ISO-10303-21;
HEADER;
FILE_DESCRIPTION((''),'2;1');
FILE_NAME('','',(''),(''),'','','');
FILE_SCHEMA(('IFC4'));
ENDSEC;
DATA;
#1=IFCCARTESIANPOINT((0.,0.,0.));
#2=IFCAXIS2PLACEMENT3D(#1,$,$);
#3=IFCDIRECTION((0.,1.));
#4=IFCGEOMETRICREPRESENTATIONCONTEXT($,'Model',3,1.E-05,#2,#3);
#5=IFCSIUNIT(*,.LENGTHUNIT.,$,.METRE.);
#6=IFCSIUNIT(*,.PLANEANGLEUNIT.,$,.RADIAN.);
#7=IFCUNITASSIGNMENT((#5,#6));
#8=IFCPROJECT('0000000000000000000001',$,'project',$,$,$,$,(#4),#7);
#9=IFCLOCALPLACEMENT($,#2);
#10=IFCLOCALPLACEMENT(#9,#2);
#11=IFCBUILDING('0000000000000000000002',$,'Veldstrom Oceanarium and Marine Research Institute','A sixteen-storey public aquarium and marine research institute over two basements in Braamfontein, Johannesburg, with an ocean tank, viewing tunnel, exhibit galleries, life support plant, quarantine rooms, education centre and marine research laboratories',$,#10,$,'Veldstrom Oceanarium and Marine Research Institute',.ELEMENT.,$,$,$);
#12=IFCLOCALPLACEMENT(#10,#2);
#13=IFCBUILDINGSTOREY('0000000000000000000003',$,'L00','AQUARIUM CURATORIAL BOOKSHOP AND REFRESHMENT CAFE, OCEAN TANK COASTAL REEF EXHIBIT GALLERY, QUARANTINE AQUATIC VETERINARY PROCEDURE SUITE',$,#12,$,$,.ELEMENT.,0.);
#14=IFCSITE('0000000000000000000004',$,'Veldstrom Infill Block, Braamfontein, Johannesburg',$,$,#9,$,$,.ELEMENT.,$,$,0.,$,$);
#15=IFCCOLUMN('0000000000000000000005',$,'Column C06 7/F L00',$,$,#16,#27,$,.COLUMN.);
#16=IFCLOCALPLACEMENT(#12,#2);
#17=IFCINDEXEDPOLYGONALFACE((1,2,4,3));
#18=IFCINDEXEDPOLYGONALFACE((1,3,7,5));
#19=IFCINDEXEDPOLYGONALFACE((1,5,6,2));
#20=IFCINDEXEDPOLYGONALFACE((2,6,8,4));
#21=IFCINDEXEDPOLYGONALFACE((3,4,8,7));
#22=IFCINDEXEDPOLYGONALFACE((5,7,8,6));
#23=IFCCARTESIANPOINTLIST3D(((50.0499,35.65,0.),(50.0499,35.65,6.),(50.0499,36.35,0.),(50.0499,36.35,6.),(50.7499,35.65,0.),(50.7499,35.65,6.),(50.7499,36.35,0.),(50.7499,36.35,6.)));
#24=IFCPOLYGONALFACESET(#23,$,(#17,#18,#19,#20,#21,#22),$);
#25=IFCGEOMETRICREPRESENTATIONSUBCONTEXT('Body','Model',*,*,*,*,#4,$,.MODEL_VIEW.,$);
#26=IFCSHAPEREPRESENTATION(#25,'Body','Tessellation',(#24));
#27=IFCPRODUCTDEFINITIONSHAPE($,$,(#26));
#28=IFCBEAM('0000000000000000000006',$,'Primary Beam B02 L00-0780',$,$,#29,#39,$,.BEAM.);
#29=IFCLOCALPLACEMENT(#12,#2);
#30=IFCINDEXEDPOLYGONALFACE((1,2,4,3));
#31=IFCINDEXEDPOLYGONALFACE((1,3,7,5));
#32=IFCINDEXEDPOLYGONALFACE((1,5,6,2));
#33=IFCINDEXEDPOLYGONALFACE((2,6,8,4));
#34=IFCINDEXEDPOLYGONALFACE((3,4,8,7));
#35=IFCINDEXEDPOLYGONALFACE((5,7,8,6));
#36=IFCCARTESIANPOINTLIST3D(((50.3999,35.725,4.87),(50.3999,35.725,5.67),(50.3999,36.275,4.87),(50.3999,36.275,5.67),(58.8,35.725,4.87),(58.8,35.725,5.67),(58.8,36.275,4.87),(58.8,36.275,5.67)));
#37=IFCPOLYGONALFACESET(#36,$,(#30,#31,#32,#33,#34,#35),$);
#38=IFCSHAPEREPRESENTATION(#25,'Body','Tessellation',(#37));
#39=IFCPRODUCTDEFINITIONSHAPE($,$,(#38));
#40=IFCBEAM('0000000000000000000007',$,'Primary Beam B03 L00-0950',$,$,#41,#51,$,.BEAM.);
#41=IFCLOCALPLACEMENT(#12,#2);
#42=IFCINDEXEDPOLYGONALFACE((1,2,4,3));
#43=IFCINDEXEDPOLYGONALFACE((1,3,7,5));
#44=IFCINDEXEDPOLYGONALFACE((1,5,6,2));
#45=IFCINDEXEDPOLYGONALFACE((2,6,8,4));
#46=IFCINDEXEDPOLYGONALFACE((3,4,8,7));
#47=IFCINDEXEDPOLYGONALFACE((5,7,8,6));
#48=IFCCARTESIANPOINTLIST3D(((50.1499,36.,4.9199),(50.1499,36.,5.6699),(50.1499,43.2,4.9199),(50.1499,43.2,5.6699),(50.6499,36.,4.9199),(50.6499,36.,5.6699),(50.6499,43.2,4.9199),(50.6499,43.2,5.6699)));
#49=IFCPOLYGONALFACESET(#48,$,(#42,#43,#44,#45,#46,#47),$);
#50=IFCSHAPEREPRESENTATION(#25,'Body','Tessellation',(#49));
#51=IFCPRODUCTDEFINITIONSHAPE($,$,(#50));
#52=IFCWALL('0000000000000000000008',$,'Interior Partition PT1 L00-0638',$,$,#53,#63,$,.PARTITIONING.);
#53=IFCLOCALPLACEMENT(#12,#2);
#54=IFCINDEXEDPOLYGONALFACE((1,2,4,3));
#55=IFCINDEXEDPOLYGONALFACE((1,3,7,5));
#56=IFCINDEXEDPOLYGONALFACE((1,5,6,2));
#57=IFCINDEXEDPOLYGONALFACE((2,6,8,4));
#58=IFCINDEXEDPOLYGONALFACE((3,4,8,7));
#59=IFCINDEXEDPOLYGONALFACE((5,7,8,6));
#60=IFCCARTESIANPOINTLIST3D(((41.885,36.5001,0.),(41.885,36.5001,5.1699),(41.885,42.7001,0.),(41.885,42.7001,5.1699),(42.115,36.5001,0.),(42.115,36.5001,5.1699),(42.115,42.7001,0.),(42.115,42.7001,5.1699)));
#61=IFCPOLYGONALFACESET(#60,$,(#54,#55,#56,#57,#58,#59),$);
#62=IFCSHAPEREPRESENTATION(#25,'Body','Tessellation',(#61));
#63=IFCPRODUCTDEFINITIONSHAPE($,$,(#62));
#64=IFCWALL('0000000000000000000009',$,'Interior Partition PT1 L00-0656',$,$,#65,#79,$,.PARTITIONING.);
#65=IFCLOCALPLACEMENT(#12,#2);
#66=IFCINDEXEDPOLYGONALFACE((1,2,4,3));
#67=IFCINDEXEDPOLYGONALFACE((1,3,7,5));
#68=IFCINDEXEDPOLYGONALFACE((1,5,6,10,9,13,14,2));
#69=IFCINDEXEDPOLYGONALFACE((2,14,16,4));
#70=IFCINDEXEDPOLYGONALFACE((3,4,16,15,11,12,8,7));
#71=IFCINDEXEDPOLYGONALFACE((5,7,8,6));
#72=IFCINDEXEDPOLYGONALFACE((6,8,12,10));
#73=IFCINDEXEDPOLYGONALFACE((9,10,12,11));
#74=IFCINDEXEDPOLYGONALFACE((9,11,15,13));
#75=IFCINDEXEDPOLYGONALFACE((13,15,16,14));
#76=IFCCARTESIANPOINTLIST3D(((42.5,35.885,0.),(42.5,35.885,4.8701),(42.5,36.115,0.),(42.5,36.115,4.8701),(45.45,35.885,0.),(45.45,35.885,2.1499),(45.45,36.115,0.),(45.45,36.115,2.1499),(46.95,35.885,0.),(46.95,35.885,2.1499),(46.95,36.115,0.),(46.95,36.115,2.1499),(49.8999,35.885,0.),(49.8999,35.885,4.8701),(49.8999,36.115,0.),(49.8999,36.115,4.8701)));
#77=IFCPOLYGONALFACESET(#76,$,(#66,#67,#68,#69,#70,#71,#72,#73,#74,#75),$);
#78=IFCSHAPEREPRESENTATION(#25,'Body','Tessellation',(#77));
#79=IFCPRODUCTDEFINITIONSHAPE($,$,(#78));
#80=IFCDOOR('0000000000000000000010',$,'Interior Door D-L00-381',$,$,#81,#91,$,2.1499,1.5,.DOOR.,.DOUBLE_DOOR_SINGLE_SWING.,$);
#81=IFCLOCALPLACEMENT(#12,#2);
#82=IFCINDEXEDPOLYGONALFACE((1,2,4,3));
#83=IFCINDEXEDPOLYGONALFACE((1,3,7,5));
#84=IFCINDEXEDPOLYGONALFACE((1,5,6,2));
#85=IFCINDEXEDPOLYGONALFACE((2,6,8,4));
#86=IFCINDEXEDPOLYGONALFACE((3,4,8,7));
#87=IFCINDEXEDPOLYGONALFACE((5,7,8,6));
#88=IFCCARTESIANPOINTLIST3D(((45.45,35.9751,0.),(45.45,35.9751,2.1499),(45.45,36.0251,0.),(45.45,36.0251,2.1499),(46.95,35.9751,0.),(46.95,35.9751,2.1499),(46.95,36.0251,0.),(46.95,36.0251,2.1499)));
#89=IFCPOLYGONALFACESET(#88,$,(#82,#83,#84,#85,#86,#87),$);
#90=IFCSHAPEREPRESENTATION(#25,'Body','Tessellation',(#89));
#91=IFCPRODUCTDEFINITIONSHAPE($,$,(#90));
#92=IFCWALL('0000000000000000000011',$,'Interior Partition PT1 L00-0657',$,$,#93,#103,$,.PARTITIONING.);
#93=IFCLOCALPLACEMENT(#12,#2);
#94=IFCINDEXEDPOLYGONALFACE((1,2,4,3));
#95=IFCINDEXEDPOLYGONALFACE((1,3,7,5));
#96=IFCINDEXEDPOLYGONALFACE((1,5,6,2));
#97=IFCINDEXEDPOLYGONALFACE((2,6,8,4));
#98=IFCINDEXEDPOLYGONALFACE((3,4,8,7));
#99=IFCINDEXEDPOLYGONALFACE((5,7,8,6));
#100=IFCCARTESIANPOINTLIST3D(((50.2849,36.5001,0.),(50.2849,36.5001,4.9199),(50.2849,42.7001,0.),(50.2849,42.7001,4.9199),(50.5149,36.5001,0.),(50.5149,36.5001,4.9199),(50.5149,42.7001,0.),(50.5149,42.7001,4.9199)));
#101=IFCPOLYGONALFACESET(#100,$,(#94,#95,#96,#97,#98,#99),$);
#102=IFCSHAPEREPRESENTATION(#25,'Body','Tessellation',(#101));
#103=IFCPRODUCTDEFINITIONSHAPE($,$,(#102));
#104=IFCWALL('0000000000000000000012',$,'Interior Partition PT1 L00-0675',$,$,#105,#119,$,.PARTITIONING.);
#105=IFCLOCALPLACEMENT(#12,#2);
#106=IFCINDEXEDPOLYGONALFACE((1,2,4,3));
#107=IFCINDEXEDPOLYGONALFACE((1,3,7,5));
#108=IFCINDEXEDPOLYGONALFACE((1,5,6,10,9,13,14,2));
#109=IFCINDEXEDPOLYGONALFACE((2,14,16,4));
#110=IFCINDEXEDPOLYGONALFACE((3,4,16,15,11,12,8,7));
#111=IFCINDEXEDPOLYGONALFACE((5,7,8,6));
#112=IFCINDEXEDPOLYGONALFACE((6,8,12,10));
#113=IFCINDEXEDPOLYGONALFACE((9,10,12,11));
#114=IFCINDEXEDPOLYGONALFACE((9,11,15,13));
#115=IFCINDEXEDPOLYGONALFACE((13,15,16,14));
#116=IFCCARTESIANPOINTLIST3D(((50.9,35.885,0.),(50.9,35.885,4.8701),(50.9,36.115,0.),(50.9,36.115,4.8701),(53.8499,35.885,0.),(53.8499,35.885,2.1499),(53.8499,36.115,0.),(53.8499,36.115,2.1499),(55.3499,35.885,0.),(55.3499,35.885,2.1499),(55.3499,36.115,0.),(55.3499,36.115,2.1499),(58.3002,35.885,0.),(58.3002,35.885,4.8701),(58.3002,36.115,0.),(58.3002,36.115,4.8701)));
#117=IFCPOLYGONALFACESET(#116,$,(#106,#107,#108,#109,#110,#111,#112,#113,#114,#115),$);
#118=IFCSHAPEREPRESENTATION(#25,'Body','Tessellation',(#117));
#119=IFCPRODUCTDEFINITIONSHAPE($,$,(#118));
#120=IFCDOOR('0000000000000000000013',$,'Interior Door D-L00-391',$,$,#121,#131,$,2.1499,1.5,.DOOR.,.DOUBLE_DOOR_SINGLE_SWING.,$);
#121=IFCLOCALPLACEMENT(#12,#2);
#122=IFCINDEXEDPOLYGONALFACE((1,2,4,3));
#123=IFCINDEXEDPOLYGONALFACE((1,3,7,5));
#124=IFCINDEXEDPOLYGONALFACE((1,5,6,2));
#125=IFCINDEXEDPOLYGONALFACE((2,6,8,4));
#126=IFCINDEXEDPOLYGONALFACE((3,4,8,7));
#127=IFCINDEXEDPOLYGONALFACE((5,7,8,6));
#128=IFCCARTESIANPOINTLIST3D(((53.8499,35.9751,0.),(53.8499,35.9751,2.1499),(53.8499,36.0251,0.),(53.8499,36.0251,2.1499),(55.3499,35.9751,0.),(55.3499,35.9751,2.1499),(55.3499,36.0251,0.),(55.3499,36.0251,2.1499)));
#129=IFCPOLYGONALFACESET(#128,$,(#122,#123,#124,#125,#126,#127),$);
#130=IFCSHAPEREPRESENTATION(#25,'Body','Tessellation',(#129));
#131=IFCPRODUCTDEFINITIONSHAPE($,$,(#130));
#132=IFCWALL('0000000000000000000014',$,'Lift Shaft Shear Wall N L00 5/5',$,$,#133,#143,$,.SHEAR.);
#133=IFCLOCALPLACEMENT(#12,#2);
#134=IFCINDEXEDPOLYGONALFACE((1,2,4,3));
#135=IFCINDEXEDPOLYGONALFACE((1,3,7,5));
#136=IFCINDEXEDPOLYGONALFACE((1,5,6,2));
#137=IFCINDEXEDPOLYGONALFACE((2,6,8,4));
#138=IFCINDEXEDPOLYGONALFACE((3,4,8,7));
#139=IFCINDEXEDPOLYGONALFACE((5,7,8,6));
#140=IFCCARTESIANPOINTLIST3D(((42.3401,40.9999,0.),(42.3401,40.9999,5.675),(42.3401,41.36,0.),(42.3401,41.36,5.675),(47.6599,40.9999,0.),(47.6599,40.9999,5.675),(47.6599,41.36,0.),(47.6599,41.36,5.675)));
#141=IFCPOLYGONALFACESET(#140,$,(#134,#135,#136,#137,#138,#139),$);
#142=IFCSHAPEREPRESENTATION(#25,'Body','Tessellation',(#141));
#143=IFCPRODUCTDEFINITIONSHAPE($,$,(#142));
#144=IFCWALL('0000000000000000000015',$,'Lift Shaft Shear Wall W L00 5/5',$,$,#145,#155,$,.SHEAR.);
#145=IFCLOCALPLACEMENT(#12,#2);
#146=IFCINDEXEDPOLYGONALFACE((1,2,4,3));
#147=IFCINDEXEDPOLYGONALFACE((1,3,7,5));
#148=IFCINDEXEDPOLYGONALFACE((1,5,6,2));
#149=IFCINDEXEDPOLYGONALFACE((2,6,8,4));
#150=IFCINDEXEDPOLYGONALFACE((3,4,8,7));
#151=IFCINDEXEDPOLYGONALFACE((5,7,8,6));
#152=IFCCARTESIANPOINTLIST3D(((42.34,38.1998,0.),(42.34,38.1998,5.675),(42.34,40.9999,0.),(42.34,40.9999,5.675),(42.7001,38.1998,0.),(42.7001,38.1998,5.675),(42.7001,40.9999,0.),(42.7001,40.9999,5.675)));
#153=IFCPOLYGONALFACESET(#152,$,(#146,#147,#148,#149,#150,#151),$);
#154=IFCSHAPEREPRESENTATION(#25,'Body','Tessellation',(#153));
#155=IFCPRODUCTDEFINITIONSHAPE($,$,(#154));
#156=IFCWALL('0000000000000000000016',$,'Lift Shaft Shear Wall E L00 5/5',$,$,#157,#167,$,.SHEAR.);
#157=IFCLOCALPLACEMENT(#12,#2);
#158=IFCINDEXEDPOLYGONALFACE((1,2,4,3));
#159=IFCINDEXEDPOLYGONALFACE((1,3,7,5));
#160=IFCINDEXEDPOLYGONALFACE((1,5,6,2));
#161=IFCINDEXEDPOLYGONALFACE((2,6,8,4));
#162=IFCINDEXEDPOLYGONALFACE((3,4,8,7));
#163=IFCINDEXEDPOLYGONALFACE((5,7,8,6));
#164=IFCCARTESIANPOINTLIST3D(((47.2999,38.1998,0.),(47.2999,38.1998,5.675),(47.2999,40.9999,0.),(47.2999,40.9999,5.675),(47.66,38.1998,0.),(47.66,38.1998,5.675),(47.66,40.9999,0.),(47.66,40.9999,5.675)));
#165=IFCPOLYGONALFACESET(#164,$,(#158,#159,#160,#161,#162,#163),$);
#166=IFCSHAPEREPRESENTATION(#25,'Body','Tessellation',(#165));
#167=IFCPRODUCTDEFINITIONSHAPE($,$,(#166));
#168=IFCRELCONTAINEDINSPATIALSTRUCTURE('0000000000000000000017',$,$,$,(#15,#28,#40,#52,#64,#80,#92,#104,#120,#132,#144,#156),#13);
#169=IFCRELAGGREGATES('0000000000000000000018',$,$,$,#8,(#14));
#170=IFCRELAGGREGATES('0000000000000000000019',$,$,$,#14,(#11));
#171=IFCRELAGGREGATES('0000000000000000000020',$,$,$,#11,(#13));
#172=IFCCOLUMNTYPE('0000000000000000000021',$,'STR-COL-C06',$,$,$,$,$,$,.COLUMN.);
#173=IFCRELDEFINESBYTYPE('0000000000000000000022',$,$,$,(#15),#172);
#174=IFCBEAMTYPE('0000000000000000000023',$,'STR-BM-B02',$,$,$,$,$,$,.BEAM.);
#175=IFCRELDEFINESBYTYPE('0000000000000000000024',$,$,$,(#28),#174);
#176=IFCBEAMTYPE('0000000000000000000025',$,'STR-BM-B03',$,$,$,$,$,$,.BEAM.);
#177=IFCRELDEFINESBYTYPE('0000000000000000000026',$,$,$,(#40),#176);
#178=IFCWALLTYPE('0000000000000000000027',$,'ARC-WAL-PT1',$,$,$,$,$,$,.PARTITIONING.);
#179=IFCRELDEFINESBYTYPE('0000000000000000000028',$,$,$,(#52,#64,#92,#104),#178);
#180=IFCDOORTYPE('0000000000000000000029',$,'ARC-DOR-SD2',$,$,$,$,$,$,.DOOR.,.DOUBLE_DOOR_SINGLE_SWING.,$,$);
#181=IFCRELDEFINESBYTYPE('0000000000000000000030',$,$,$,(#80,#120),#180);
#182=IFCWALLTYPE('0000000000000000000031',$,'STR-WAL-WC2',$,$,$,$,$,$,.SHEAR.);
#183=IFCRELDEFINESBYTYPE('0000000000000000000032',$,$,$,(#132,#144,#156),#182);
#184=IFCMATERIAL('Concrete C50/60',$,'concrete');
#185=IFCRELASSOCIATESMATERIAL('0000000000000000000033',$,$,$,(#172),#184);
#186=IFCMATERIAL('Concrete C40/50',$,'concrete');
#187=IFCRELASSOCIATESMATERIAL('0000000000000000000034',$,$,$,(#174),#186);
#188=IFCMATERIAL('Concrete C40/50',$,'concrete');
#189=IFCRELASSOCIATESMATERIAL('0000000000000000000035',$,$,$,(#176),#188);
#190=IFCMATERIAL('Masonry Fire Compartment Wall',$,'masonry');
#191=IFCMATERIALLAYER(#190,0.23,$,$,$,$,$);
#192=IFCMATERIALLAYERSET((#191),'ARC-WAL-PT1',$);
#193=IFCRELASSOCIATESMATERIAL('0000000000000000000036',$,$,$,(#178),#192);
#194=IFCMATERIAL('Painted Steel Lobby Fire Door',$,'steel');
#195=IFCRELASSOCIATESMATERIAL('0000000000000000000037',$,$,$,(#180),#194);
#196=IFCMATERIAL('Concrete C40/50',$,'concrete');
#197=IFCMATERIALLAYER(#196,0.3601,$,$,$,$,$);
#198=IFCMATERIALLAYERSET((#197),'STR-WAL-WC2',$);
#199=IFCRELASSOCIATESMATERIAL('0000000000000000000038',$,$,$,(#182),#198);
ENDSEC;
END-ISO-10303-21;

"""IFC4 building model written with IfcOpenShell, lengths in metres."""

from ifc_helpers import new_model, si_unit, direction, frame, frame_2d, origin, origin_2d, place, context, subcontext, project, spatial, rectangle, extrude, material, layer, layer_set, material_profile, profile_set, type_object, element, fill, save


model = new_model("IFC4")

# Units and contexts
model_context = context("Model", 3, precision=1e-05, world=origin(), true_north=direction((0.0, 1.0)))
body_context = subcontext(model_context, "Body", "Model", "MODEL_VIEW")
ifc_project = project(units=[si_unit("LENGTHUNIT", "METRE"), si_unit("PLANEANGLEUNIT", "RADIAN")], contexts=[model_context])

# Site, building, storey
site_placement = place(None, origin())
site = spatial("IfcSite", under=ifc_project, at=site_placement, Name="Veldstrom Infill Block, Braamfontein, Johannesburg", CompositionType="ELEMENT", RefElevation=0.0)
building_placement = place(site_placement, origin())
building = spatial("IfcBuilding", under=site, at=building_placement, Name="Veldstrom Oceanarium and Marine Research Institute", Description="A sixteen-storey public aquarium and marine research institute over two basements in Braamfontein, Johannesburg, with an ocean tank, viewing tunnel, exhibit galleries, life support plant, quarantine rooms, education centre and marine research laboratories", LongName="Veldstrom Oceanarium and Marine Research Institute", CompositionType="ELEMENT")
storey_placement = place(building_placement, origin())
storey = spatial("IfcBuildingStorey", under=building, at=storey_placement, Name="L00", Description="AQUARIUM CURATORIAL BOOKSHOP AND REFRESHMENT CAFE, OCEAN TANK COASTAL REEF EXHIBIT GALLERY, QUARANTINE AQUATIC VETERINARY PROCEDURE SUITE", CompositionType="ELEMENT", Elevation=0.0)

# Column
ifc_material_1 = material(Name="Concrete C50/60", Category="concrete")
ifc_material_profile_1 = material_profile(ifc_material_1, rectangle(XDim=0.7, YDim=0.7, at=origin_2d()), Name="RC-COL-700x700")
ifc_profile_set_1 = profile_set([ifc_material_profile_1], Name="Concrete C50/60")
column_type = type_object("IfcColumnType", Name="STR-COL-C06", PredefinedType="COLUMN", material=ifc_profile_set_1)
column_placement = place(storey_placement, frame((50.3999, 36.0, 0.0), z_axis=(0.0, 0.0, 1.0), x_axis=(1.0, 0.0, 0.0)))
element("IfcColumn", 1, at=column_placement, inside=storey, type_object=column_type, Name="Column C06 7/F L00", PredefinedType="COLUMN", context=body_context, shape_type="SweptSolid", body=[
    extrude(rectangle(XDim=0.7, YDim=0.7, at=origin_2d()), origin(), (0.0, 0.0, 1.0), 6.0),
])

# Beams
ifc_material_2 = material(Name="Concrete C40/50", Category="concrete")
ifc_material_profile_2 = material_profile(ifc_material_2, rectangle(XDim=0.55, YDim=0.8, at=origin_2d()), Name="RC-BM-550x800")
ifc_profile_set_2 = profile_set([ifc_material_profile_2], Name="Concrete C40/50")
beam_type_1 = type_object("IfcBeamType", Name="STR-BM-B02", PredefinedType="BEAM", material=ifc_profile_set_2)
beam_1_placement = place(storey_placement, frame((50.3999, 36.0, 5.27), z_axis=(1.0, 0.0, 0.0), x_axis=(0.0, 1.0, 0.0)))
element("IfcBeam", 2, at=beam_1_placement, inside=storey, type_object=beam_type_1, Name="Primary Beam B02 L00-0780", PredefinedType="BEAM", context=body_context, shape_type="SweptSolid", body=[
    extrude(rectangle(XDim=0.55, YDim=0.8, at=origin_2d()), origin(), (0.0, 0.0, 1.0), 8.4001),
])
ifc_material_3 = material(Name="Concrete C40/50", Category="concrete")
ifc_material_profile_3 = material_profile(ifc_material_3, rectangle(XDim=0.5, YDim=0.75, at=origin_2d()), Name="RC-BM-500x750")
ifc_profile_set_3 = profile_set([ifc_material_profile_3], Name="Concrete C40/50")
beam_type_2 = type_object("IfcBeamType", Name="STR-BM-B03", PredefinedType="BEAM", material=ifc_profile_set_3)
beam_2_placement = place(storey_placement, frame((50.3999, 36.0, 5.2949), z_axis=(0.0, 1.0, 0.0), x_axis=(-1.0, 0.0, 0.0)))
element("IfcBeam", 3, at=beam_2_placement, inside=storey, type_object=beam_type_2, Name="Primary Beam B03 L00-0950", PredefinedType="BEAM", context=body_context, shape_type="SweptSolid", body=[
    extrude(rectangle(XDim=0.5, YDim=0.75, at=origin_2d()), origin(), (0.0, 0.0, 1.0), 7.2),
])

# Wall
ifc_material_4 = material(Name="Masonry Fire Compartment Wall", Category="masonry")
ifc_layer_1 = layer(ifc_material_4, 0.23)
ifc_layer_set_1 = layer_set([ifc_layer_1], Name="ARC-WAL-PT1")
wall_type_1 = type_object("IfcWallType", Name="ARC-WAL-PT1", PredefinedType="PARTITIONING", material=ifc_layer_set_1)
wall_1_placement = place(storey_placement, frame((42.0, 36.5, 0.0), z_axis=(0.0, 0.0, 1.0), x_axis=(0.0, 1.0, 0.0)))
element("IfcWall", 4, at=wall_1_placement, inside=storey, type_object=wall_type_1, Name="Interior Partition PT1 L00-0638", PredefinedType="PARTITIONING", context=body_context, shape_type="SweptSolid", body=[
    extrude(rectangle(XDim=6.2, YDim=0.23, at=frame_2d((3.1001, 0.0))), origin(), (0.0, 0.0, 1.0), 5.1699),
])

# Wall, opening, door
wall_2_placement = place(storey_placement, frame((42.5, 36.0, 0.0), z_axis=(0.0, 0.0, 1.0), x_axis=(1.0, 0.0, 0.0)))
wall_2 = element("IfcWall", 5, at=wall_2_placement, inside=storey, type_object=wall_type_1, Name="Interior Partition PT1 L00-0656", PredefinedType="PARTITIONING", context=body_context, shape_type="SweptSolid", body=[
    extrude(rectangle(XDim=7.3999, YDim=0.23, at=frame_2d((3.7, 0.0))), origin(), (0.0, 0.0, 1.0), 4.8701),
])
opening_1_placement = place(wall_2_placement, frame((2.95, 0.0, 0.0)))
opening_1 = element("IfcOpeningElement", 6, at=opening_1_placement, cuts=wall_2, PredefinedType="OPENING", context=body_context, shape_type="SweptSolid", body=[
    extrude(rectangle(XDim=1.5, YDim=2.1499, at=frame_2d((0.75, 1.075))), frame((0.0, 0.125, 0.0), z_axis=(0.0, -1.0, 0.0), x_axis=(1.0, 0.0, 0.0)), (0.0, 0.0, 1.0), 0.25),
])
ifc_material_5 = material(Name="Painted Steel Lobby Fire Door", Category="steel")
door_type_1 = type_object("IfcDoorType", Name="ARC-DOR-SD2", OperationType="DOUBLE_DOOR_SINGLE_SWING", PredefinedType="DOOR", material=ifc_material_5)
door_1_placement = place(opening_1_placement, frame((1.5, 0.0, 0.0), z_axis=(0.0, 0.0, 1.0), x_axis=(-1.0, 0.0, 0.0)))
door_1 = element("IfcDoor", 7, at=door_1_placement, inside=storey, type_object=door_type_1, Name="Interior Door D-L00-381", OperationType="DOUBLE_DOOR_SINGLE_SWING", OverallHeight=2.1499, OverallWidth=1.5, PredefinedType="DOOR", context=body_context, shape_type="SweptSolid", body=[
    extrude(rectangle(XDim=1.5, YDim=2.1499, at=frame_2d((0.75, 1.075))), frame((0.0, 0.0249, 0.0), z_axis=(0.0, -1.0, 0.0), x_axis=(1.0, 0.0, 0.0)), (0.0, 0.0, 1.0), 0.05),
])
fill(opening_1, door_1)

# Wall
wall_3_placement = place(storey_placement, frame((50.3999, 36.5, 0.0), z_axis=(0.0, 0.0, 1.0), x_axis=(0.0, 1.0, 0.0)))
element("IfcWall", 8, at=wall_3_placement, inside=storey, type_object=wall_type_1, Name="Interior Partition PT1 L00-0657", PredefinedType="PARTITIONING", context=body_context, shape_type="SweptSolid", body=[
    extrude(rectangle(XDim=6.2, YDim=0.23, at=frame_2d((3.1001, 0.0))), origin(), (0.0, 0.0, 1.0), 4.9199),
])

# Wall, opening, door
wall_4_placement = place(storey_placement, frame((50.8999, 36.0, 0.0), z_axis=(0.0, 0.0, 1.0), x_axis=(1.0, 0.0, 0.0)))
wall_4 = element("IfcWall", 9, at=wall_4_placement, inside=storey, type_object=wall_type_1, Name="Interior Partition PT1 L00-0675", PredefinedType="PARTITIONING", context=body_context, shape_type="SweptSolid", body=[
    extrude(rectangle(XDim=7.4001, YDim=0.23, at=frame_2d((3.7002, 0.0))), origin(), (0.0, 0.0, 1.0), 4.8701),
])
opening_2_placement = place(wall_4_placement, frame((2.95, 0.0, 0.0)))
opening_2 = element("IfcOpeningElement", 10, at=opening_2_placement, cuts=wall_4, PredefinedType="OPENING", context=body_context, shape_type="SweptSolid", body=[
    extrude(rectangle(XDim=1.5, YDim=2.1499, at=frame_2d((0.75, 1.075))), frame((0.0, 0.125, 0.0), z_axis=(0.0, -1.0, 0.0), x_axis=(1.0, 0.0, 0.0)), (0.0, 0.0, 1.0), 0.25),
])
door_2_placement = place(opening_2_placement, frame((1.5, 0.0, 0.0), z_axis=(0.0, 0.0, 1.0), x_axis=(-1.0, 0.0, 0.0)))
door_2 = element("IfcDoor", 11, at=door_2_placement, inside=storey, type_object=door_type_1, Name="Interior Door D-L00-391", OperationType="DOUBLE_DOOR_SINGLE_SWING", OverallHeight=2.1499, OverallWidth=1.5, PredefinedType="DOOR", context=body_context, shape_type="SweptSolid", body=[
    extrude(rectangle(XDim=1.5, YDim=2.1499, at=frame_2d((0.75, 1.075))), frame((0.0, 0.0249, 0.0), z_axis=(0.0, -1.0, 0.0), x_axis=(1.0, 0.0, 0.0)), (0.0, 0.0, 1.0), 0.05),
])
fill(opening_2, door_2)

# Wall
ifc_material_6 = material(Name="Concrete C40/50", Category="concrete")
ifc_layer_2 = layer(ifc_material_6, 0.3601)
ifc_layer_set_2 = layer_set([ifc_layer_2], Name="STR-WAL-WC2")
wall_type_2 = type_object("IfcWallType", Name="STR-WAL-WC2", PredefinedType="SHEAR", material=ifc_layer_set_2)
wall_5_placement = place(storey_placement, frame((42.3401, 41.1799, 0.0), z_axis=(0.0, 0.0, 1.0), x_axis=(1.0, 0.0, 0.0)))
element("IfcWall", 12, at=wall_5_placement, inside=storey, type_object=wall_type_2, Name="Lift Shaft Shear Wall N L00 5/5", PredefinedType="SHEAR", context=body_context, shape_type="SweptSolid", body=[
    extrude(rectangle(XDim=5.3198, YDim=0.3601, at=frame_2d((2.6599, 0.0))), origin(), (0.0, 0.0, 1.0), 5.675),
])

# Walls
for number, where, z_axis, x_axis, name in (
    (13, (42.52, 38.2, 0.0), (0.0, 0.0, 1.0), (0.0, 1.0, 0.0), "Lift Shaft Shear Wall W L00 5/5"),
    (14, (47.48, 38.2, 0.0), (0.0, 0.0, 1.0), (0.0, 1.0, 0.0), "Lift Shaft Shear Wall E L00 5/5"),
):
    element("IfcWall", number, at=place(storey_placement, frame(where, z_axis=z_axis, x_axis=x_axis)), inside=storey, type_object=wall_type_2, Name=name, PredefinedType="SHEAR", context=body_context, shape_type="SweptSolid", body=[
        extrude(rectangle(XDim=2.8, YDim=0.3601, at=frame_2d((1.3999, 0.0))), origin(), (0.0, 0.0, 1.0), 5.675),
    ])

save(model, "model.ifc")
